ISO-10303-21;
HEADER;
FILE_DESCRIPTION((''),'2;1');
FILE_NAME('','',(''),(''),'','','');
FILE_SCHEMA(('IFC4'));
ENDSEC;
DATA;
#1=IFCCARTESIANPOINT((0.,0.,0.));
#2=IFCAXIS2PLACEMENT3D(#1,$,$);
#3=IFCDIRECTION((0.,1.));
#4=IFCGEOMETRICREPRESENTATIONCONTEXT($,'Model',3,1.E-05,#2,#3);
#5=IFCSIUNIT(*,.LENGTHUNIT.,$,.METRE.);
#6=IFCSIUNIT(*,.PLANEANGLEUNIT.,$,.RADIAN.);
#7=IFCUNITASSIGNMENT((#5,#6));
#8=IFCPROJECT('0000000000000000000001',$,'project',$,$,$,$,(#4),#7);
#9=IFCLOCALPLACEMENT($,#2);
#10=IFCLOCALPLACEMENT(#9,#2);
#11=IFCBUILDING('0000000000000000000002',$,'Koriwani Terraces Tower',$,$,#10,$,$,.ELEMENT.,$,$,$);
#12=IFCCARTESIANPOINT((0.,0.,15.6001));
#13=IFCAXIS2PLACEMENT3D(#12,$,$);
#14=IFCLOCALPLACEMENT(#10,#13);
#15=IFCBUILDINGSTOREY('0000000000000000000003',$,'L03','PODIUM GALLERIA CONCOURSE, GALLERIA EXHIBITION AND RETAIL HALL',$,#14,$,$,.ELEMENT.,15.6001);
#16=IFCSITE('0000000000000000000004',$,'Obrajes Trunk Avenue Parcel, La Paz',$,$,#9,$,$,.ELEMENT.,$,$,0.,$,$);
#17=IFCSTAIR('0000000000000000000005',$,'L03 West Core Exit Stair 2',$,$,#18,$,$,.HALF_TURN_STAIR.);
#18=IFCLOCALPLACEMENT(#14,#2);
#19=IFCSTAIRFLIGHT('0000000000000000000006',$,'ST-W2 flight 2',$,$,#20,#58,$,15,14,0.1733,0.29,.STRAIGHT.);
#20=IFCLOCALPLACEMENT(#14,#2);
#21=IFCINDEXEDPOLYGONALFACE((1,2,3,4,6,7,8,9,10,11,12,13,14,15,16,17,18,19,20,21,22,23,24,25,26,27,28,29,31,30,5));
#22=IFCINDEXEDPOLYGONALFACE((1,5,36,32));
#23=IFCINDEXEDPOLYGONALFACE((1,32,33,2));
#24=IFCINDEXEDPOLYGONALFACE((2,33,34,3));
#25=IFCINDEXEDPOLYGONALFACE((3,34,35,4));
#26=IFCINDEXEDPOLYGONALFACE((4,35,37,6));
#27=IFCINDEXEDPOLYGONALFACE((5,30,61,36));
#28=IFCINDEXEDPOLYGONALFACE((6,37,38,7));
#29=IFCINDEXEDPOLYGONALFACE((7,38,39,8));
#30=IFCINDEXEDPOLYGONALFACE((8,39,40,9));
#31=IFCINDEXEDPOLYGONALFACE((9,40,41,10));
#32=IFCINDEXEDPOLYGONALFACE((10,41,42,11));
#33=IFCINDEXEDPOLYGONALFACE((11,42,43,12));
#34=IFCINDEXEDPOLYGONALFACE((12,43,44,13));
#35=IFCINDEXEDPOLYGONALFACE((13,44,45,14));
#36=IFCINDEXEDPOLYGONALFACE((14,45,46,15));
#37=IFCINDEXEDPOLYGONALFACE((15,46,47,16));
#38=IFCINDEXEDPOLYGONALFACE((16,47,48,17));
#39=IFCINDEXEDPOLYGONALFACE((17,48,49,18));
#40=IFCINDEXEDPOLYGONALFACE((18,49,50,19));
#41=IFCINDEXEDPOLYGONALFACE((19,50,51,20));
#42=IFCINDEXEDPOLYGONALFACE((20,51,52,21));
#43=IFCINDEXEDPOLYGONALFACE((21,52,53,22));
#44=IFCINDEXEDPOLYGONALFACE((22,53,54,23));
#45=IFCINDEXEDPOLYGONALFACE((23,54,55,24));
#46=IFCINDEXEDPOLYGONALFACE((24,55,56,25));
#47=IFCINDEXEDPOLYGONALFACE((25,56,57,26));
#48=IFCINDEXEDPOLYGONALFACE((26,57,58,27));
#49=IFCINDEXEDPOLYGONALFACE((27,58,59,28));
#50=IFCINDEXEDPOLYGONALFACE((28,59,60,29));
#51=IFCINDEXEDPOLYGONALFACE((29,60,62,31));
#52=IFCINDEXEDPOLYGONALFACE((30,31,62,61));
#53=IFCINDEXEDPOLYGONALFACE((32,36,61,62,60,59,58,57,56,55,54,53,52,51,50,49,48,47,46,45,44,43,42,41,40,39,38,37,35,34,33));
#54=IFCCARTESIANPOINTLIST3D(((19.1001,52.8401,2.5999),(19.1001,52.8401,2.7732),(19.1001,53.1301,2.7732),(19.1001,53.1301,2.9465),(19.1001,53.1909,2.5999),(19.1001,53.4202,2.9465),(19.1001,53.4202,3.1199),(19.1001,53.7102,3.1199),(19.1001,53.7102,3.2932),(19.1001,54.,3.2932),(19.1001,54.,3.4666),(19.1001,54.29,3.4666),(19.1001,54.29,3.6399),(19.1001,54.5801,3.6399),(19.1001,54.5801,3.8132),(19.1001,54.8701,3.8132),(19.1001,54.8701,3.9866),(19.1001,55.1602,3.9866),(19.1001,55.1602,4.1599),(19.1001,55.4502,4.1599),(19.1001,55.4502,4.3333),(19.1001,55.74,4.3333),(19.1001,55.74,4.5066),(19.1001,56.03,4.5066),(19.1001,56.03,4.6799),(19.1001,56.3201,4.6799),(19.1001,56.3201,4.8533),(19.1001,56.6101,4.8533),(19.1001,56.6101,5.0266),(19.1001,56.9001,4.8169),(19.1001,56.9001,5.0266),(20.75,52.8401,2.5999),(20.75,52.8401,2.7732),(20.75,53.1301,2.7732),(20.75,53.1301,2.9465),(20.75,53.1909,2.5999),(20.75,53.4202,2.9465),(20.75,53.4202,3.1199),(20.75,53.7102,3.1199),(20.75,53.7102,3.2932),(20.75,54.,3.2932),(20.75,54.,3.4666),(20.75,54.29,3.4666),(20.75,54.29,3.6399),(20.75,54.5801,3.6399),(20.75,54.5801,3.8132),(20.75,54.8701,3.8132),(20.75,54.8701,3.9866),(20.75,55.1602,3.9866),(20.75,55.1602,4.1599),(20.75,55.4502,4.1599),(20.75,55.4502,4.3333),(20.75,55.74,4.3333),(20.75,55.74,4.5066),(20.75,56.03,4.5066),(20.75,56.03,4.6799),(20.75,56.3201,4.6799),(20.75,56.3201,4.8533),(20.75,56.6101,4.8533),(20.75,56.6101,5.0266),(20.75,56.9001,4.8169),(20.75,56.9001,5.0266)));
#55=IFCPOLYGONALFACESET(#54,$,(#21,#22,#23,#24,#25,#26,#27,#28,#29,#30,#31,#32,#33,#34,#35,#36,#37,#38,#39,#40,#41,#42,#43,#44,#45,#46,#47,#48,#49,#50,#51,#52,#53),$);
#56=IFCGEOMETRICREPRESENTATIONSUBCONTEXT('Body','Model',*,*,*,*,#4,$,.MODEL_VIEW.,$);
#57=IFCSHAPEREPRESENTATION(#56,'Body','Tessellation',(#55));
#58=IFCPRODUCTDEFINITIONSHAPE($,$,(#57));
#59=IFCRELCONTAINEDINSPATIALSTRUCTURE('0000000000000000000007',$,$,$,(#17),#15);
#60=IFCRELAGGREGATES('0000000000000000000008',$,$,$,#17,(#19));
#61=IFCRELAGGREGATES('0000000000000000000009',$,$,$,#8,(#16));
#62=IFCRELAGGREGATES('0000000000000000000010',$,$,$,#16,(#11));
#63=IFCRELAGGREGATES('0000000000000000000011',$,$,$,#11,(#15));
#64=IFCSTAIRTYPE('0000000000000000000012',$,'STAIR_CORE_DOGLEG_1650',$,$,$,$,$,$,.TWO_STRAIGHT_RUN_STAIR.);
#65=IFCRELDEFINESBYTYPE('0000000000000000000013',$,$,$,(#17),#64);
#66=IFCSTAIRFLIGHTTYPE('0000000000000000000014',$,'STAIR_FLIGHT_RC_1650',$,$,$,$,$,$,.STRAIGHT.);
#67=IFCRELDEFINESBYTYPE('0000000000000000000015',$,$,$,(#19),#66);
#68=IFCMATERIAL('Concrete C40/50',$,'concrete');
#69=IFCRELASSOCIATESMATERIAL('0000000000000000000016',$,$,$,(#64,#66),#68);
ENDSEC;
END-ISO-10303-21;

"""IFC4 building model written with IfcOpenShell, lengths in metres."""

from ifc_helpers import new_model, si_unit, direction, frame, origin, place, context, subcontext, project, spatial, polyline, outline, extrude, material, type_object, element, aggregate, save


model = new_model("IFC4")

# Units and contexts
model_context = context("Model", 3, precision=1e-05, world=origin(), true_north=direction((0.0, 1.0)))
body_context = subcontext(model_context, "Body", "Model", "MODEL_VIEW")
ifc_project = project(units=[si_unit("LENGTHUNIT", "METRE"), si_unit("PLANEANGLEUNIT", "RADIAN")], contexts=[model_context])

# Site, building, storey
site_placement = place(None, origin())
site = spatial("IfcSite", under=ifc_project, at=site_placement, Name="Obrajes Trunk Avenue Parcel, La Paz", CompositionType="ELEMENT", RefElevation=0.0)
building_placement = place(site_placement, origin())
building = spatial("IfcBuilding", under=site, at=building_placement, Name="Koriwani Terraces Tower", CompositionType="ELEMENT")
storey_placement = place(building_placement, frame((0.0, 0.0, 15.6001)))
storey = spatial("IfcBuildingStorey", under=building, at=storey_placement, Name="L03", Description="PODIUM GALLERIA CONCOURSE, GALLERIA EXHIBITION AND RETAIL HALL", CompositionType="ELEMENT", Elevation=15.6001)

# Shared definitions
ifc_material_1 = material(Name="Concrete C40/50", Category="concrete")

# Stair, stair flight
stair_type = type_object("IfcStairType", Name="STAIR_CORE_DOGLEG_1650", PredefinedType="TWO_STRAIGHT_RUN_STAIR", material=ifc_material_1)
stair_flight_type = type_object("IfcStairFlightType", Name="STAIR_FLIGHT_RC_1650", PredefinedType="STRAIGHT", material=ifc_material_1)
stair_1_placement = place(storey_placement, origin())
stair_1 = element("IfcStair", 1, at=stair_1_placement, inside=storey, type_object=stair_type, Name="L03 West Core Exit Stair 2", PredefinedType="HALF_TURN_STAIR")
stair_flight_1_placement = place(storey_placement, frame((19.925, 52.8401, 2.5999), z_axis=(0.0, 0.0, 1.0), x_axis=(0.0, 1.0, 0.0)))
stair_flight_1 = element("IfcStairFlight", 2, at=stair_flight_1_placement, type_object=stair_flight_type, Name="ST-W2 flight 2", NumberOfRisers=15, NumberOfTreads=14, PredefinedType="STRAIGHT", RiserHeight=0.1733, TreadLength=0.29, context=body_context, shape_type="SweptSolid", body=[
    extrude(outline(polyline([(0.0, 0.0), (0.0, 0.1733), (0.29, 0.1733), (0.29, 0.3467), (0.5801, 0.3467), (0.5801, 0.52), (0.8701, 0.52), (0.8701, 0.6934), (1.1599, 0.6934), (1.1599, 0.8667), (1.45, 0.8667), (1.45, 1.04), (1.74, 1.04), (1.74, 1.2134), (2.03, 1.2134), (2.03, 1.3867), (2.3201, 1.3867), (2.3201, 1.5601), (2.6101, 1.5601), (2.6101, 1.7334), (2.8999, 1.7334), (2.8999, 1.9067), (3.1899, 1.9067), (3.1899, 2.0801), (3.48, 2.0801), (3.48, 2.2534), (3.77, 2.2534), (3.77, 2.4268), (4.0601, 2.4268), (4.0601, 2.6001), (4.0601, 2.217), (0.3508, 0.0), (0.0, 0.0)])), frame((0.0, 0.825, 0.0), z_axis=(0.0, -1.0, 0.0), x_axis=(1.0, 0.0, 0.0)), (0.0, 0.0, 1.0), 1.6499),
])
aggregate(stair_1, [stair_flight_1])

save(model, "model.ifc")
